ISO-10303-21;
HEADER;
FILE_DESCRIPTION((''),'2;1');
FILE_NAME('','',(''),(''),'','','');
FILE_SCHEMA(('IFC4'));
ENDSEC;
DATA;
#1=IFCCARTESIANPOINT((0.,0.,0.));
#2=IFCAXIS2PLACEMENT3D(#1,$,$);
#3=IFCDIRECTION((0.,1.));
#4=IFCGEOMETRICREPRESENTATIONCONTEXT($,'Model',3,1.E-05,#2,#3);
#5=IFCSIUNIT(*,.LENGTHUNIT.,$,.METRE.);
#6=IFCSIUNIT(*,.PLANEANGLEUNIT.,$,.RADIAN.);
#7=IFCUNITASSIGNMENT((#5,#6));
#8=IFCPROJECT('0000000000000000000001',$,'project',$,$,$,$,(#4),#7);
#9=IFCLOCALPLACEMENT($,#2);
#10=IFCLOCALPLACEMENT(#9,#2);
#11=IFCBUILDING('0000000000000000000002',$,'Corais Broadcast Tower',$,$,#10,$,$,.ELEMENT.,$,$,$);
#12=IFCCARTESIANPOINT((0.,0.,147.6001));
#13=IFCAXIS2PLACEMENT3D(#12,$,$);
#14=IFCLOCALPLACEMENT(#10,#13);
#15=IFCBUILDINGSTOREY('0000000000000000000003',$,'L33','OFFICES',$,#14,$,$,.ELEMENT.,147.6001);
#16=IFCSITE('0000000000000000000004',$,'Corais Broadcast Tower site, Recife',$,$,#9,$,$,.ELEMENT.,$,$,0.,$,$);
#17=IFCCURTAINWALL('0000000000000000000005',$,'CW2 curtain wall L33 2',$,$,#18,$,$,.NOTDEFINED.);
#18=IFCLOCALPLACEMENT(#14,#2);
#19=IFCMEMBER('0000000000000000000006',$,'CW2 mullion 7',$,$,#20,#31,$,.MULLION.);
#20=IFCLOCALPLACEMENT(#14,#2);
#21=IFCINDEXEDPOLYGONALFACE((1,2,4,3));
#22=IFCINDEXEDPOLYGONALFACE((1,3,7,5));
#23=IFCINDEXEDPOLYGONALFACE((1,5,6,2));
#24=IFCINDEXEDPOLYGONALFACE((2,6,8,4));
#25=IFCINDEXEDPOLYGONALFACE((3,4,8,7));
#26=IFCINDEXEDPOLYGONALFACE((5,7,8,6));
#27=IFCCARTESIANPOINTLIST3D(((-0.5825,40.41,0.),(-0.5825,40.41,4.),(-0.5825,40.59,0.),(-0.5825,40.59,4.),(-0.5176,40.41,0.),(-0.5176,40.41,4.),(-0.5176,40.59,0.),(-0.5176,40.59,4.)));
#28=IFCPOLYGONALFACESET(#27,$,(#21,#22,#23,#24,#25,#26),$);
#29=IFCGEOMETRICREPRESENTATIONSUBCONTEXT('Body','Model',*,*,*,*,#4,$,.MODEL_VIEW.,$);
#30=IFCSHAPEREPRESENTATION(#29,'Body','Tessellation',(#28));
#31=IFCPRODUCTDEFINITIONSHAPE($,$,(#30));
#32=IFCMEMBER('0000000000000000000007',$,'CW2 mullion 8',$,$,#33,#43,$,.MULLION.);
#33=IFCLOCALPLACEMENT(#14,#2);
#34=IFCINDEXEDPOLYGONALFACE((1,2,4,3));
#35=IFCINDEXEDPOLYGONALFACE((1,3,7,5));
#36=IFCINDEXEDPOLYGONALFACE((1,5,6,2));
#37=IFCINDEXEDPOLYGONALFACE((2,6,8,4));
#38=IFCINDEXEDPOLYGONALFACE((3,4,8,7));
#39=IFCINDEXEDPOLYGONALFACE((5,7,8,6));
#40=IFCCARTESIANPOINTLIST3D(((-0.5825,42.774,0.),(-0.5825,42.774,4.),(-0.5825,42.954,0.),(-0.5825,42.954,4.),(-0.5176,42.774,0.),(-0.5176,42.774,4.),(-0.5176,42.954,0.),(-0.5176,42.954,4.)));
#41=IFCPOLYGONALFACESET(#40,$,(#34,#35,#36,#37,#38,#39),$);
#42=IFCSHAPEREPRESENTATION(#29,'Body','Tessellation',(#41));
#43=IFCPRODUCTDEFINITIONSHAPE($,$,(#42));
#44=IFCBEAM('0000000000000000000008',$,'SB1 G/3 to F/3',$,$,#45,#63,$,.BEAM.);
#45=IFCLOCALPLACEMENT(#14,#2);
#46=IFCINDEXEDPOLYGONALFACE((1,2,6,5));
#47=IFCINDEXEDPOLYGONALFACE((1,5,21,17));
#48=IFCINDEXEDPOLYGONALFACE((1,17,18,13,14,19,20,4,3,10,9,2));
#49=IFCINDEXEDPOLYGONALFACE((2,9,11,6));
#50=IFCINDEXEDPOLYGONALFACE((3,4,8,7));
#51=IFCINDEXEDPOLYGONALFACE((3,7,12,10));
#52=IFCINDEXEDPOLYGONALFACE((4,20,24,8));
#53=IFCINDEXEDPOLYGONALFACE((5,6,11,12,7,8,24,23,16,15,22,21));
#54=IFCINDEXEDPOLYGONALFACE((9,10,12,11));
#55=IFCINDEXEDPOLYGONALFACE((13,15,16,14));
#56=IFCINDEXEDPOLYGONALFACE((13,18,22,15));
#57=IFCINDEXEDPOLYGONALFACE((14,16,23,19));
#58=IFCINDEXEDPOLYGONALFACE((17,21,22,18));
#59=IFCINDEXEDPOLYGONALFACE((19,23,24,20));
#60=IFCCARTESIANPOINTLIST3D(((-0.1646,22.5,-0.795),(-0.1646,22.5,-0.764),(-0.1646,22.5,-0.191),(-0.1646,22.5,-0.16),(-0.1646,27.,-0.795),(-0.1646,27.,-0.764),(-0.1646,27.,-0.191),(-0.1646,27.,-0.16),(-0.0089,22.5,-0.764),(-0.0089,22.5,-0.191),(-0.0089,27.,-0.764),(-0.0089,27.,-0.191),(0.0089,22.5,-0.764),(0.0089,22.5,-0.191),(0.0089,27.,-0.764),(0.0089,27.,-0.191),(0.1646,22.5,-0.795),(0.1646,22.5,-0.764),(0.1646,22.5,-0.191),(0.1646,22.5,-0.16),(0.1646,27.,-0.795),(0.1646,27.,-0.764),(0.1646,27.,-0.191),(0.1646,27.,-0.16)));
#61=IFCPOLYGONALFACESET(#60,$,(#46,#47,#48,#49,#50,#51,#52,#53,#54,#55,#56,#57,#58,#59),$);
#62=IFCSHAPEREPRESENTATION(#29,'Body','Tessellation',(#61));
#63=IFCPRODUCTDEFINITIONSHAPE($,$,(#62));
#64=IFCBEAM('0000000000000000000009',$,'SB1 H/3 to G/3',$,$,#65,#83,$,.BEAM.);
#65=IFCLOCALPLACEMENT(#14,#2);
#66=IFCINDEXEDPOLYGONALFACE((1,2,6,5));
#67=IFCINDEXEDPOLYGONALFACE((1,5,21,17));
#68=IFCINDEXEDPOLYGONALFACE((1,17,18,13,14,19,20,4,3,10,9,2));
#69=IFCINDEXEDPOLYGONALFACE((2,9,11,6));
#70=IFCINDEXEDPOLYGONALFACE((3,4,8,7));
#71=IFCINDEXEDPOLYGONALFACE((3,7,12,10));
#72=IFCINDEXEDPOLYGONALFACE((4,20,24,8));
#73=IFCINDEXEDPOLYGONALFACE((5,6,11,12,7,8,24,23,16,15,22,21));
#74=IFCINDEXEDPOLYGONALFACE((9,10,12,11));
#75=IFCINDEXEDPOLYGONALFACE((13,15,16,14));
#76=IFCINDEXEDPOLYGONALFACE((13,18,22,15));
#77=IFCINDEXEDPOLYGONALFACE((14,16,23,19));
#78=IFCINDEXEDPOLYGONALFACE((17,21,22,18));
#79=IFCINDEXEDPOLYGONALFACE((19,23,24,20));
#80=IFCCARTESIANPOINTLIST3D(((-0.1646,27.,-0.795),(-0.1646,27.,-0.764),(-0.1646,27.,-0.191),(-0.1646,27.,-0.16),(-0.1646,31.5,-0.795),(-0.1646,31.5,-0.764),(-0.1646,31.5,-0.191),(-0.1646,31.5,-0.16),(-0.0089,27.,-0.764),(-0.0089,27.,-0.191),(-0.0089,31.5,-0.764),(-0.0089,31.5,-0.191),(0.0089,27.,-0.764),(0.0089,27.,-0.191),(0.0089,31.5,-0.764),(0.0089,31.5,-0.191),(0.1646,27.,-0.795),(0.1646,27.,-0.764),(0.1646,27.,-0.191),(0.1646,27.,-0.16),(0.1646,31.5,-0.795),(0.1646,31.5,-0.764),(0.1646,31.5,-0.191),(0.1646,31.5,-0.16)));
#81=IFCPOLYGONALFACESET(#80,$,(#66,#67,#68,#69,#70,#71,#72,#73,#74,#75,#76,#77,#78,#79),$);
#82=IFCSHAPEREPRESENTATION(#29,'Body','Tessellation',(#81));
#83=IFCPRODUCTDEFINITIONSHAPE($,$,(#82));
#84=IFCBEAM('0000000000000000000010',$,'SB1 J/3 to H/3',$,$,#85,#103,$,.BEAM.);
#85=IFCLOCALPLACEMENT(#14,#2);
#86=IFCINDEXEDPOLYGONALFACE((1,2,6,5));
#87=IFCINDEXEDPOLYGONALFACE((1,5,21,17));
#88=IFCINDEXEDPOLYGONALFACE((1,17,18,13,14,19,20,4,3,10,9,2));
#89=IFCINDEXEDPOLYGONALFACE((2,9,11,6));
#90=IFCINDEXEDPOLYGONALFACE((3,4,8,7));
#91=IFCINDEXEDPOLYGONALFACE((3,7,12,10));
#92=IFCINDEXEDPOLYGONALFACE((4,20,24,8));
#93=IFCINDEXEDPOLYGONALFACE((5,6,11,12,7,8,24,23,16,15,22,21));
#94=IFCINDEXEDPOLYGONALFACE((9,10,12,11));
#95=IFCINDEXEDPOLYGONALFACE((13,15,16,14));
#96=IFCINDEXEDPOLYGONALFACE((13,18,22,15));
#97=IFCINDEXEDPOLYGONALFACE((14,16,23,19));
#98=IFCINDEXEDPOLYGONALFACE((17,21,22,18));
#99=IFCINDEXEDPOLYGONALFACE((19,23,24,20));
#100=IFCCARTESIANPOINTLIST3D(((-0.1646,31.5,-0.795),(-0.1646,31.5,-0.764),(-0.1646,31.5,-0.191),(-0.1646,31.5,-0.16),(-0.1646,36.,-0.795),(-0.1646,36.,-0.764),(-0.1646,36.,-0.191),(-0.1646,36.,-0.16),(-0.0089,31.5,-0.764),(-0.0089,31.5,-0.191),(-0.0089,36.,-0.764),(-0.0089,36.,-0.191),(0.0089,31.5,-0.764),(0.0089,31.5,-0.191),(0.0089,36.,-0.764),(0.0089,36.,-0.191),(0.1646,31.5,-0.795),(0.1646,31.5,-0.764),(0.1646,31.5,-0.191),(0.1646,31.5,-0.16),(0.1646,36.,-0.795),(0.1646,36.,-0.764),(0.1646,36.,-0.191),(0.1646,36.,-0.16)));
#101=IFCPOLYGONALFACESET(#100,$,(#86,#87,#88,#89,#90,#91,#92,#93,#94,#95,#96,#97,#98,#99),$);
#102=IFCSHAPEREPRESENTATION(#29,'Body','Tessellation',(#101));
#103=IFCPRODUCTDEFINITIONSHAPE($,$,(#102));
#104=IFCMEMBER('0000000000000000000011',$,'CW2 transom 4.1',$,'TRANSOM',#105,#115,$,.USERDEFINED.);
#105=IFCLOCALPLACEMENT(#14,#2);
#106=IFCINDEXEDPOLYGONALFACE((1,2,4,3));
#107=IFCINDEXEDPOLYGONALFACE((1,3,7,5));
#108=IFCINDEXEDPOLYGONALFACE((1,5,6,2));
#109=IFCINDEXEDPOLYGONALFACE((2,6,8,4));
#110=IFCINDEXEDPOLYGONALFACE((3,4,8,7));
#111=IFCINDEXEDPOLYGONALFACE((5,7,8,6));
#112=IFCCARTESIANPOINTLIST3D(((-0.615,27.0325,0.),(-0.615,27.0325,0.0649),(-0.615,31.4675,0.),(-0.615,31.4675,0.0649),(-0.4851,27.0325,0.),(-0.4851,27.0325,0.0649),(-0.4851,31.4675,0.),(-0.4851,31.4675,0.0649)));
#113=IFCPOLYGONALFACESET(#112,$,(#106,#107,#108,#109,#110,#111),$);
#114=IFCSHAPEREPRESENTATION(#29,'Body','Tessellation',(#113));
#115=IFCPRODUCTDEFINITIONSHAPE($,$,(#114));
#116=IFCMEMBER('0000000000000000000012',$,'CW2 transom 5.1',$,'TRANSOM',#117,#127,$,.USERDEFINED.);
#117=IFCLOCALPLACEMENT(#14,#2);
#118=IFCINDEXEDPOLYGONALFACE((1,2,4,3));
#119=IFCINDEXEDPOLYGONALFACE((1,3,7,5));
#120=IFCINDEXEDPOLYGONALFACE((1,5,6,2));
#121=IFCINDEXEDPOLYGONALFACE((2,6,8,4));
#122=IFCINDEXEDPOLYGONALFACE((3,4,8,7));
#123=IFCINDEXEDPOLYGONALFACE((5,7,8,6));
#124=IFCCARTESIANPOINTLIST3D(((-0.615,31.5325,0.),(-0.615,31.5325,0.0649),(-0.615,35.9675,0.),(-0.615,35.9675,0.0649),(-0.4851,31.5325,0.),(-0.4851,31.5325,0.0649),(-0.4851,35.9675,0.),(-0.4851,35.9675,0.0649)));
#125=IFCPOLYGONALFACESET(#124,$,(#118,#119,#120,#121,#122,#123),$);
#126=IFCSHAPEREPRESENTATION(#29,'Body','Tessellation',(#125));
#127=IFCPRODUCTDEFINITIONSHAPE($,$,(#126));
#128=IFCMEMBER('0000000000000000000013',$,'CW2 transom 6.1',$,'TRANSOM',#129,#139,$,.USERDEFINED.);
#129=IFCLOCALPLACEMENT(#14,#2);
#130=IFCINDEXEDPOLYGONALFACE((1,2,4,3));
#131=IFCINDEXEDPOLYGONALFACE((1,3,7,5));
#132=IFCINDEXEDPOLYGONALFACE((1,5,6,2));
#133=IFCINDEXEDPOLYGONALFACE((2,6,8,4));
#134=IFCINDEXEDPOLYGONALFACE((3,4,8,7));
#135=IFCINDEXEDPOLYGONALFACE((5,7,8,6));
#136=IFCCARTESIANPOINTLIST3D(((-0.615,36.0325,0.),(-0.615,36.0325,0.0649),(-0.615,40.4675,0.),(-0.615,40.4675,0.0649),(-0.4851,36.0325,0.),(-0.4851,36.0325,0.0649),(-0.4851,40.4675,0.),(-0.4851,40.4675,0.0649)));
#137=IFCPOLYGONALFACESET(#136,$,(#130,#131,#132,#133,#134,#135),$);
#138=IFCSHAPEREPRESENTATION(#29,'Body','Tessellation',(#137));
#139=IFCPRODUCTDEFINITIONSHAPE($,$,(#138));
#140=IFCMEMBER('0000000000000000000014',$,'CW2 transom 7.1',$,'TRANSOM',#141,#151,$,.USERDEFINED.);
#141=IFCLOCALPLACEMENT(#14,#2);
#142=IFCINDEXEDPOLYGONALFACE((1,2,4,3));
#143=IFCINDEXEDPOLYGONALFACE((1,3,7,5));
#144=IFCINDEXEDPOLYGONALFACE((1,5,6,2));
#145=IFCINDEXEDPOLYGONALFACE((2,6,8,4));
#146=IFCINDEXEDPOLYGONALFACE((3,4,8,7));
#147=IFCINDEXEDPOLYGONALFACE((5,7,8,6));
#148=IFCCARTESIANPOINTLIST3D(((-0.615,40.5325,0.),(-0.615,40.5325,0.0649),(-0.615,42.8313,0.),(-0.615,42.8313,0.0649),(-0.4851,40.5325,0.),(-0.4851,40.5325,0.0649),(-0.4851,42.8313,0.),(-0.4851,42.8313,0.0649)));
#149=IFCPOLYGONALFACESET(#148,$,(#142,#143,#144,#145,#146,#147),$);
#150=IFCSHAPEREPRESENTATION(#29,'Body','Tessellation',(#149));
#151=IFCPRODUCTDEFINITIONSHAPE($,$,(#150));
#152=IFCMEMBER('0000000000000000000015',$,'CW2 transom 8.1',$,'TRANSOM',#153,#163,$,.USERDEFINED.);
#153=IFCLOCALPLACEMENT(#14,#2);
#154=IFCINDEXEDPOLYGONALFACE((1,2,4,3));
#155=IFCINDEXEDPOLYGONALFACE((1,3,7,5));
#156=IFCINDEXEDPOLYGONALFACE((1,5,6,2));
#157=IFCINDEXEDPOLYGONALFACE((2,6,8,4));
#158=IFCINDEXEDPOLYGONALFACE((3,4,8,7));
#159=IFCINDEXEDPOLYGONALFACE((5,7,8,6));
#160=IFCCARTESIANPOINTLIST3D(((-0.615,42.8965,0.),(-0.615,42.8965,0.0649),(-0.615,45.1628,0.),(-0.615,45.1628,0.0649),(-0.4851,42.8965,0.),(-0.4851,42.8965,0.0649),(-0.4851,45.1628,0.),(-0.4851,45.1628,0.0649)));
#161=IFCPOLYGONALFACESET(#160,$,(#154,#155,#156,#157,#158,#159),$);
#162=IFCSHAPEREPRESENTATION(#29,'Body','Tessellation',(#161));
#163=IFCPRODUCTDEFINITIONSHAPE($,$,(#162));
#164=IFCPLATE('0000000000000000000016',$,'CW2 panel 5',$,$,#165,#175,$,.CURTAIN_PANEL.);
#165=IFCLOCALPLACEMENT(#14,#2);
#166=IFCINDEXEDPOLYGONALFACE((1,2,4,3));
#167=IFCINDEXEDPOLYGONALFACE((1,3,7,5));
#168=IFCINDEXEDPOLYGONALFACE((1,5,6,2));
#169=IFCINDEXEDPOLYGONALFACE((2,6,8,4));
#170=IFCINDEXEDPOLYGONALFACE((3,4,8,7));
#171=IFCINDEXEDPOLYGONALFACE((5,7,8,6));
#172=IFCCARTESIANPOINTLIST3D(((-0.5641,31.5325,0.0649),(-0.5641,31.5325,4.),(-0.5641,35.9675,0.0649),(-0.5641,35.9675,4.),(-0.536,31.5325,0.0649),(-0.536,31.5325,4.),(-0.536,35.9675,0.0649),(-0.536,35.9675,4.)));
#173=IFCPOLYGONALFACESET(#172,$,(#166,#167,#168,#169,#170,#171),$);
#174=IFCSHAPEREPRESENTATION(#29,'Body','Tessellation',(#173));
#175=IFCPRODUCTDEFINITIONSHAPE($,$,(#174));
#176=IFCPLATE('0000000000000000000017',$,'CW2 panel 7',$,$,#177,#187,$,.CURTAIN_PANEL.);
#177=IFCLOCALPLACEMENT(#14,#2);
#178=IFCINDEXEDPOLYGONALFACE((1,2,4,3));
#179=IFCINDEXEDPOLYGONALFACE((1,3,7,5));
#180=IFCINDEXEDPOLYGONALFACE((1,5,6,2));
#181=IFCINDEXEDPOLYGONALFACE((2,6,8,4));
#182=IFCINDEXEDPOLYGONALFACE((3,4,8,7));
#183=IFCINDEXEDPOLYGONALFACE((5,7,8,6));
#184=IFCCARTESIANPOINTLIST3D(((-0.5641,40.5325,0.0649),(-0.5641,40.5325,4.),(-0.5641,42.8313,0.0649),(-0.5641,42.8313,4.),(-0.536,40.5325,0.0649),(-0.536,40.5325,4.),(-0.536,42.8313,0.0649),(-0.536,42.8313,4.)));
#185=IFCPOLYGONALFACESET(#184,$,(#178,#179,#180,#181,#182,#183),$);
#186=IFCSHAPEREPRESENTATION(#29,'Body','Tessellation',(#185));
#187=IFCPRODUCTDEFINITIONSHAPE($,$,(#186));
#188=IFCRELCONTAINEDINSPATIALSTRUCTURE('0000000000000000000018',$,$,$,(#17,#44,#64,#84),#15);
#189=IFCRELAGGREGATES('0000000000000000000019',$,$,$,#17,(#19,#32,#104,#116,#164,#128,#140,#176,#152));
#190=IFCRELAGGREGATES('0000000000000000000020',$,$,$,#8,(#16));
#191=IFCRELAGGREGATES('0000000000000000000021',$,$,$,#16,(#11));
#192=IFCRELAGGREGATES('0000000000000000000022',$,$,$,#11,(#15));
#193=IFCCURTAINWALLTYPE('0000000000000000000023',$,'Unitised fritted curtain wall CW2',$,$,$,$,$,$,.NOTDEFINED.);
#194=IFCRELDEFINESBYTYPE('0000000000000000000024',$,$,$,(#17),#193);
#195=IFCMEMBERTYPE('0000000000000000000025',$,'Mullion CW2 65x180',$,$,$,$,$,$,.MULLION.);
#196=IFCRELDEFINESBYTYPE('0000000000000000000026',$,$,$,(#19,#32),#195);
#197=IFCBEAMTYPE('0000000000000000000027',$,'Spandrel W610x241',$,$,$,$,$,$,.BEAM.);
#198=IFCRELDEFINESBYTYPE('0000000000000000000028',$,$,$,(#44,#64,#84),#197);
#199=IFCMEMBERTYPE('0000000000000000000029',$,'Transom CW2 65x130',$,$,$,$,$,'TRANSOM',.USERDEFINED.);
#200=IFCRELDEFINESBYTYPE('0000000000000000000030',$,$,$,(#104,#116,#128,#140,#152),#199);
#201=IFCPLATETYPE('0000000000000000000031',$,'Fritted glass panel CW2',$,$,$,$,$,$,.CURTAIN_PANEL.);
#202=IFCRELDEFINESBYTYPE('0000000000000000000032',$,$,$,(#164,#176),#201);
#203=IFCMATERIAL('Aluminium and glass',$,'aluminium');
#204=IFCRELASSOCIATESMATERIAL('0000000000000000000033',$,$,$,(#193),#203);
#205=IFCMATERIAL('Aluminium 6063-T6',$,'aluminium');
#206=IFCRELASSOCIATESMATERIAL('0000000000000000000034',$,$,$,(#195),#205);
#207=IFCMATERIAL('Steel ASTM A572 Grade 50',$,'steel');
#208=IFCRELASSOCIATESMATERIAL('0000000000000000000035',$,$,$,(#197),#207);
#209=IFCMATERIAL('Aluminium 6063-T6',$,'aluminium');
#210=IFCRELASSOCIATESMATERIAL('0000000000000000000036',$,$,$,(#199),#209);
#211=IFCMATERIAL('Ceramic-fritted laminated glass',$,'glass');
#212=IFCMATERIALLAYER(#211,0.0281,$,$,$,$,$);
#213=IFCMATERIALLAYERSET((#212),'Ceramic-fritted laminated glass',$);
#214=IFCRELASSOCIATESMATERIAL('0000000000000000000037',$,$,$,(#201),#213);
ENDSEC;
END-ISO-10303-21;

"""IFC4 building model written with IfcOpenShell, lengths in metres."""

from ifc_helpers import new_model, si_unit, direction, frame, origin, origin_2d, place, context, subcontext, project, spatial, rectangle, i_section, extrude, material, layer, layer_set, material_profile, profile_set, type_object, element, aggregate, save


model = new_model("IFC4")

# Units and contexts
model_context = context("Model", 3, precision=1e-05, world=origin(), true_north=direction((0.0, 1.0)))
body_context = subcontext(model_context, "Body", "Model", "MODEL_VIEW")
ifc_project = project(units=[si_unit("LENGTHUNIT", "METRE"), si_unit("PLANEANGLEUNIT", "RADIAN")], contexts=[model_context])

# Site, building, storey
site_placement = place(None, origin())
site = spatial("IfcSite", under=ifc_project, at=site_placement, Name="Corais Broadcast Tower site, Recife", CompositionType="ELEMENT", RefElevation=0.0)
building_placement = place(site_placement, origin())
building = spatial("IfcBuilding", under=site, at=building_placement, Name="Corais Broadcast Tower", CompositionType="ELEMENT")
storey_placement = place(building_placement, frame((0.0, 0.0, 147.6001)))
storey = spatial("IfcBuildingStorey", under=building, at=storey_placement, Name="L33", Description="OFFICES", CompositionType="ELEMENT", Elevation=147.6001)

# Curtain wall, members
ifc_material_1 = material(Name="Aluminium and glass", Category="aluminium")
curtain_wall_type = type_object("IfcCurtainWallType", Name="Unitised fritted curtain wall CW2", PredefinedType="NOTDEFINED", material=ifc_material_1)
curtain_wall_placement = place(storey_placement, origin())
curtain_wall = element("IfcCurtainWall", 1, at=curtain_wall_placement, inside=storey, type_object=curtain_wall_type, Name="CW2 curtain wall L33 2", PredefinedType="NOTDEFINED")
ifc_material_2 = material(Name="Aluminium 6063-T6", Category="aluminium")
ifc_material_profile_1 = material_profile(ifc_material_2, rectangle(XDim=0.0649, YDim=0.1799, at=origin_2d()), Name="Mullion CW2 65x180")
ifc_profile_set_1 = profile_set([ifc_material_profile_1], Name="Aluminium 6063-T6")
member_type_1 = type_object("IfcMemberType", Name="Mullion CW2 65x180", PredefinedType="MULLION", material=ifc_profile_set_1)
member_1_placement = place(storey_placement, frame((-0.55, 40.5, 0.0), z_axis=(0.0, 0.0, 1.0), x_axis=(-1.0, 0.0, 0.0)))
member_1 = element("IfcMember", 2, at=member_1_placement, type_object=member_type_1, Name="CW2 mullion 7", PredefinedType="MULLION", context=body_context, shape_type="SweptSolid", body=[
    extrude(rectangle(XDim=0.0649, YDim=0.1799, at=origin_2d()), origin(), (0.0, 0.0, 1.0), 4.0),
])
member_2_placement = place(storey_placement, frame((-0.55, 42.864, 0.0), z_axis=(0.0, 0.0, 1.0), x_axis=(-1.0, 0.0, 0.0)))
member_2 = element("IfcMember", 3, at=member_2_placement, type_object=member_type_1, Name="CW2 mullion 8", PredefinedType="MULLION", context=body_context, shape_type="SweptSolid", body=[
    extrude(rectangle(XDim=0.0649, YDim=0.1799, at=origin_2d()), origin(), (0.0, 0.0, 1.0), 4.0),
])

# Beams
ifc_material_3 = material(Name="Steel ASTM A572 Grade 50", Category="steel")
ifc_material_profile_2 = material_profile(ifc_material_3, i_section(OverallWidth=0.3291, OverallDepth=0.635, WebThickness=0.0178, FlangeThickness=0.031, at=origin_2d()), Name="W610x241")
ifc_profile_set_2 = profile_set([ifc_material_profile_2], Name="Steel ASTM A572 Grade 50")
beam_type_1 = type_object("IfcBeamType", Name="Spandrel W610x241", PredefinedType="BEAM", material=ifc_profile_set_2)
for number, where, z_axis, x_axis, name in (
    (4, (0.0, 27.0, -0.4775), (0.0, -1.0, 0.0), (1.0, 0.0, 0.0), "SB1 G/3 to F/3"),
    (5, (0.0, 31.5, -0.4775), (0.0, -1.0, 0.0), (1.0, 0.0, 0.0), "SB1 H/3 to G/3"),
    (6, (0.0, 36.0, -0.4775), (0.0, -1.0, 0.0), (1.0, 0.0, 0.0), "SB1 J/3 to H/3"),
):
    element("IfcBeam", number, at=place(storey_placement, frame(where, z_axis=z_axis, x_axis=x_axis)), inside=storey, type_object=beam_type_1, Name=name, PredefinedType="BEAM", context=body_context, shape_type="SweptSolid", body=[
        extrude(i_section(OverallWidth=0.3291, OverallDepth=0.635, WebThickness=0.0178, FlangeThickness=0.031, at=origin_2d()), origin(), (0.0, 0.0, 1.0), 4.5),
    ])

# Members
ifc_material_4 = material(Name="Aluminium 6063-T6", Category="aluminium")
ifc_material_profile_3 = material_profile(ifc_material_4, rectangle(XDim=0.1299, YDim=0.0649, at=origin_2d()), Name="Transom CW2 65x130")
ifc_profile_set_3 = profile_set([ifc_material_profile_3], Name="Aluminium 6063-T6")
member_type_2 = type_object("IfcMemberType", Name="Transom CW2 65x130", ElementType="TRANSOM", PredefinedType="USERDEFINED", material=ifc_profile_set_3)
member_3_placement = place(storey_placement, frame((-0.55, 27.0325, 0.0325), z_axis=(0.0, 1.0, 0.0), x_axis=(-1.0, 0.0, 0.0)))
member_3 = element("IfcMember", 7, at=member_3_placement, type_object=member_type_2, Name="CW2 transom 4.1", ObjectType="TRANSOM", PredefinedType="USERDEFINED", context=body_context, shape_type="SweptSolid", body=[
    extrude(rectangle(XDim=0.1299, YDim=0.0649, at=origin_2d()), origin(), (0.0, 0.0, 1.0), 4.4351),
])
member_4_placement = place(storey_placement, frame((-0.55, 31.5325, 0.0325), z_axis=(0.0, 1.0, 0.0), x_axis=(-1.0, 0.0, 0.0)))
member_4 = element("IfcMember", 8, at=member_4_placement, type_object=member_type_2, Name="CW2 transom 5.1", ObjectType="TRANSOM", PredefinedType="USERDEFINED", context=body_context, shape_type="SweptSolid", body=[
    extrude(rectangle(XDim=0.1299, YDim=0.0649, at=origin_2d()), origin(), (0.0, 0.0, 1.0), 4.4351),
])
member_5_placement = place(storey_placement, frame((-0.55, 36.0325, 0.0325), z_axis=(0.0, 1.0, 0.0), x_axis=(-1.0, 0.0, 0.0)))
member_5 = element("IfcMember", 9, at=member_5_placement, type_object=member_type_2, Name="CW2 transom 6.1", ObjectType="TRANSOM", PredefinedType="USERDEFINED", context=body_context, shape_type="SweptSolid", body=[
    extrude(rectangle(XDim=0.1299, YDim=0.0649, at=origin_2d()), origin(), (0.0, 0.0, 1.0), 4.4351),
])
member_6_placement = place(storey_placement, frame((-0.55, 40.5325, 0.0325), z_axis=(0.0, 1.0, 0.0), x_axis=(-1.0, 0.0, 0.0)))
member_6 = element("IfcMember", 10, at=member_6_placement, type_object=member_type_2, Name="CW2 transom 7.1", ObjectType="TRANSOM", PredefinedType="USERDEFINED", context=body_context, shape_type="SweptSolid", body=[
    extrude(rectangle(XDim=0.1299, YDim=0.0649, at=origin_2d()), origin(), (0.0, 0.0, 1.0), 2.2988),
])
member_7_placement = place(storey_placement, frame((-0.55, 42.8965, 0.0325), z_axis=(0.0, 1.0, 0.0), x_axis=(-1.0, 0.0, 0.0)))
member_7 = element("IfcMember", 11, at=member_7_placement, type_object=member_type_2, Name="CW2 transom 8.1", ObjectType="TRANSOM", PredefinedType="USERDEFINED", context=body_context, shape_type="SweptSolid", body=[
    extrude(rectangle(XDim=0.1299, YDim=0.0649, at=origin_2d()), origin(), (0.0, 0.0, 1.0), 2.2664),
])

# Plates
ifc_material_5 = material(Name="Ceramic-fritted laminated glass", Category="glass")
ifc_layer_1 = layer(ifc_material_5, 0.0281)
ifc_layer_set_1 = layer_set([ifc_layer_1], Name="Ceramic-fritted laminated glass")
plate_type_1 = type_object("IfcPlateType", Name="Fritted glass panel CW2", PredefinedType="CURTAIN_PANEL", material=ifc_layer_set_1)
plate_1_placement = place(storey_placement, frame((-0.55, 33.75, 0.0649), z_axis=(0.0, 0.0, 1.0), x_axis=(0.0, 1.0, 0.0)))
plate_1 = element("IfcPlate", 12, at=plate_1_placement, type_object=plate_type_1, Name="CW2 panel 5", PredefinedType="CURTAIN_PANEL", context=body_context, shape_type="SweptSolid", body=[
    extrude(rectangle(XDim=4.4351, YDim=0.0281, at=origin_2d()), origin(), (0.0, 0.0, 1.0), 3.9351),
])
plate_2_placement = place(storey_placement, frame((-0.55, 41.6819, 0.0649), z_axis=(0.0, 0.0, 1.0), x_axis=(0.0, 1.0, 0.0)))
plate_2 = element("IfcPlate", 13, at=plate_2_placement, type_object=plate_type_1, Name="CW2 panel 7", PredefinedType="CURTAIN_PANEL", context=body_context, shape_type="SweptSolid", body=[
    extrude(rectangle(XDim=2.2988, YDim=0.0281, at=origin_2d()), origin(), (0.0, 0.0, 1.0), 3.9351),
])
aggregate(curtain_wall, [member_1, member_2, member_3, member_4, plate_1, member_5, member_6, plate_2, member_7])

save(model, "model.ifc")
